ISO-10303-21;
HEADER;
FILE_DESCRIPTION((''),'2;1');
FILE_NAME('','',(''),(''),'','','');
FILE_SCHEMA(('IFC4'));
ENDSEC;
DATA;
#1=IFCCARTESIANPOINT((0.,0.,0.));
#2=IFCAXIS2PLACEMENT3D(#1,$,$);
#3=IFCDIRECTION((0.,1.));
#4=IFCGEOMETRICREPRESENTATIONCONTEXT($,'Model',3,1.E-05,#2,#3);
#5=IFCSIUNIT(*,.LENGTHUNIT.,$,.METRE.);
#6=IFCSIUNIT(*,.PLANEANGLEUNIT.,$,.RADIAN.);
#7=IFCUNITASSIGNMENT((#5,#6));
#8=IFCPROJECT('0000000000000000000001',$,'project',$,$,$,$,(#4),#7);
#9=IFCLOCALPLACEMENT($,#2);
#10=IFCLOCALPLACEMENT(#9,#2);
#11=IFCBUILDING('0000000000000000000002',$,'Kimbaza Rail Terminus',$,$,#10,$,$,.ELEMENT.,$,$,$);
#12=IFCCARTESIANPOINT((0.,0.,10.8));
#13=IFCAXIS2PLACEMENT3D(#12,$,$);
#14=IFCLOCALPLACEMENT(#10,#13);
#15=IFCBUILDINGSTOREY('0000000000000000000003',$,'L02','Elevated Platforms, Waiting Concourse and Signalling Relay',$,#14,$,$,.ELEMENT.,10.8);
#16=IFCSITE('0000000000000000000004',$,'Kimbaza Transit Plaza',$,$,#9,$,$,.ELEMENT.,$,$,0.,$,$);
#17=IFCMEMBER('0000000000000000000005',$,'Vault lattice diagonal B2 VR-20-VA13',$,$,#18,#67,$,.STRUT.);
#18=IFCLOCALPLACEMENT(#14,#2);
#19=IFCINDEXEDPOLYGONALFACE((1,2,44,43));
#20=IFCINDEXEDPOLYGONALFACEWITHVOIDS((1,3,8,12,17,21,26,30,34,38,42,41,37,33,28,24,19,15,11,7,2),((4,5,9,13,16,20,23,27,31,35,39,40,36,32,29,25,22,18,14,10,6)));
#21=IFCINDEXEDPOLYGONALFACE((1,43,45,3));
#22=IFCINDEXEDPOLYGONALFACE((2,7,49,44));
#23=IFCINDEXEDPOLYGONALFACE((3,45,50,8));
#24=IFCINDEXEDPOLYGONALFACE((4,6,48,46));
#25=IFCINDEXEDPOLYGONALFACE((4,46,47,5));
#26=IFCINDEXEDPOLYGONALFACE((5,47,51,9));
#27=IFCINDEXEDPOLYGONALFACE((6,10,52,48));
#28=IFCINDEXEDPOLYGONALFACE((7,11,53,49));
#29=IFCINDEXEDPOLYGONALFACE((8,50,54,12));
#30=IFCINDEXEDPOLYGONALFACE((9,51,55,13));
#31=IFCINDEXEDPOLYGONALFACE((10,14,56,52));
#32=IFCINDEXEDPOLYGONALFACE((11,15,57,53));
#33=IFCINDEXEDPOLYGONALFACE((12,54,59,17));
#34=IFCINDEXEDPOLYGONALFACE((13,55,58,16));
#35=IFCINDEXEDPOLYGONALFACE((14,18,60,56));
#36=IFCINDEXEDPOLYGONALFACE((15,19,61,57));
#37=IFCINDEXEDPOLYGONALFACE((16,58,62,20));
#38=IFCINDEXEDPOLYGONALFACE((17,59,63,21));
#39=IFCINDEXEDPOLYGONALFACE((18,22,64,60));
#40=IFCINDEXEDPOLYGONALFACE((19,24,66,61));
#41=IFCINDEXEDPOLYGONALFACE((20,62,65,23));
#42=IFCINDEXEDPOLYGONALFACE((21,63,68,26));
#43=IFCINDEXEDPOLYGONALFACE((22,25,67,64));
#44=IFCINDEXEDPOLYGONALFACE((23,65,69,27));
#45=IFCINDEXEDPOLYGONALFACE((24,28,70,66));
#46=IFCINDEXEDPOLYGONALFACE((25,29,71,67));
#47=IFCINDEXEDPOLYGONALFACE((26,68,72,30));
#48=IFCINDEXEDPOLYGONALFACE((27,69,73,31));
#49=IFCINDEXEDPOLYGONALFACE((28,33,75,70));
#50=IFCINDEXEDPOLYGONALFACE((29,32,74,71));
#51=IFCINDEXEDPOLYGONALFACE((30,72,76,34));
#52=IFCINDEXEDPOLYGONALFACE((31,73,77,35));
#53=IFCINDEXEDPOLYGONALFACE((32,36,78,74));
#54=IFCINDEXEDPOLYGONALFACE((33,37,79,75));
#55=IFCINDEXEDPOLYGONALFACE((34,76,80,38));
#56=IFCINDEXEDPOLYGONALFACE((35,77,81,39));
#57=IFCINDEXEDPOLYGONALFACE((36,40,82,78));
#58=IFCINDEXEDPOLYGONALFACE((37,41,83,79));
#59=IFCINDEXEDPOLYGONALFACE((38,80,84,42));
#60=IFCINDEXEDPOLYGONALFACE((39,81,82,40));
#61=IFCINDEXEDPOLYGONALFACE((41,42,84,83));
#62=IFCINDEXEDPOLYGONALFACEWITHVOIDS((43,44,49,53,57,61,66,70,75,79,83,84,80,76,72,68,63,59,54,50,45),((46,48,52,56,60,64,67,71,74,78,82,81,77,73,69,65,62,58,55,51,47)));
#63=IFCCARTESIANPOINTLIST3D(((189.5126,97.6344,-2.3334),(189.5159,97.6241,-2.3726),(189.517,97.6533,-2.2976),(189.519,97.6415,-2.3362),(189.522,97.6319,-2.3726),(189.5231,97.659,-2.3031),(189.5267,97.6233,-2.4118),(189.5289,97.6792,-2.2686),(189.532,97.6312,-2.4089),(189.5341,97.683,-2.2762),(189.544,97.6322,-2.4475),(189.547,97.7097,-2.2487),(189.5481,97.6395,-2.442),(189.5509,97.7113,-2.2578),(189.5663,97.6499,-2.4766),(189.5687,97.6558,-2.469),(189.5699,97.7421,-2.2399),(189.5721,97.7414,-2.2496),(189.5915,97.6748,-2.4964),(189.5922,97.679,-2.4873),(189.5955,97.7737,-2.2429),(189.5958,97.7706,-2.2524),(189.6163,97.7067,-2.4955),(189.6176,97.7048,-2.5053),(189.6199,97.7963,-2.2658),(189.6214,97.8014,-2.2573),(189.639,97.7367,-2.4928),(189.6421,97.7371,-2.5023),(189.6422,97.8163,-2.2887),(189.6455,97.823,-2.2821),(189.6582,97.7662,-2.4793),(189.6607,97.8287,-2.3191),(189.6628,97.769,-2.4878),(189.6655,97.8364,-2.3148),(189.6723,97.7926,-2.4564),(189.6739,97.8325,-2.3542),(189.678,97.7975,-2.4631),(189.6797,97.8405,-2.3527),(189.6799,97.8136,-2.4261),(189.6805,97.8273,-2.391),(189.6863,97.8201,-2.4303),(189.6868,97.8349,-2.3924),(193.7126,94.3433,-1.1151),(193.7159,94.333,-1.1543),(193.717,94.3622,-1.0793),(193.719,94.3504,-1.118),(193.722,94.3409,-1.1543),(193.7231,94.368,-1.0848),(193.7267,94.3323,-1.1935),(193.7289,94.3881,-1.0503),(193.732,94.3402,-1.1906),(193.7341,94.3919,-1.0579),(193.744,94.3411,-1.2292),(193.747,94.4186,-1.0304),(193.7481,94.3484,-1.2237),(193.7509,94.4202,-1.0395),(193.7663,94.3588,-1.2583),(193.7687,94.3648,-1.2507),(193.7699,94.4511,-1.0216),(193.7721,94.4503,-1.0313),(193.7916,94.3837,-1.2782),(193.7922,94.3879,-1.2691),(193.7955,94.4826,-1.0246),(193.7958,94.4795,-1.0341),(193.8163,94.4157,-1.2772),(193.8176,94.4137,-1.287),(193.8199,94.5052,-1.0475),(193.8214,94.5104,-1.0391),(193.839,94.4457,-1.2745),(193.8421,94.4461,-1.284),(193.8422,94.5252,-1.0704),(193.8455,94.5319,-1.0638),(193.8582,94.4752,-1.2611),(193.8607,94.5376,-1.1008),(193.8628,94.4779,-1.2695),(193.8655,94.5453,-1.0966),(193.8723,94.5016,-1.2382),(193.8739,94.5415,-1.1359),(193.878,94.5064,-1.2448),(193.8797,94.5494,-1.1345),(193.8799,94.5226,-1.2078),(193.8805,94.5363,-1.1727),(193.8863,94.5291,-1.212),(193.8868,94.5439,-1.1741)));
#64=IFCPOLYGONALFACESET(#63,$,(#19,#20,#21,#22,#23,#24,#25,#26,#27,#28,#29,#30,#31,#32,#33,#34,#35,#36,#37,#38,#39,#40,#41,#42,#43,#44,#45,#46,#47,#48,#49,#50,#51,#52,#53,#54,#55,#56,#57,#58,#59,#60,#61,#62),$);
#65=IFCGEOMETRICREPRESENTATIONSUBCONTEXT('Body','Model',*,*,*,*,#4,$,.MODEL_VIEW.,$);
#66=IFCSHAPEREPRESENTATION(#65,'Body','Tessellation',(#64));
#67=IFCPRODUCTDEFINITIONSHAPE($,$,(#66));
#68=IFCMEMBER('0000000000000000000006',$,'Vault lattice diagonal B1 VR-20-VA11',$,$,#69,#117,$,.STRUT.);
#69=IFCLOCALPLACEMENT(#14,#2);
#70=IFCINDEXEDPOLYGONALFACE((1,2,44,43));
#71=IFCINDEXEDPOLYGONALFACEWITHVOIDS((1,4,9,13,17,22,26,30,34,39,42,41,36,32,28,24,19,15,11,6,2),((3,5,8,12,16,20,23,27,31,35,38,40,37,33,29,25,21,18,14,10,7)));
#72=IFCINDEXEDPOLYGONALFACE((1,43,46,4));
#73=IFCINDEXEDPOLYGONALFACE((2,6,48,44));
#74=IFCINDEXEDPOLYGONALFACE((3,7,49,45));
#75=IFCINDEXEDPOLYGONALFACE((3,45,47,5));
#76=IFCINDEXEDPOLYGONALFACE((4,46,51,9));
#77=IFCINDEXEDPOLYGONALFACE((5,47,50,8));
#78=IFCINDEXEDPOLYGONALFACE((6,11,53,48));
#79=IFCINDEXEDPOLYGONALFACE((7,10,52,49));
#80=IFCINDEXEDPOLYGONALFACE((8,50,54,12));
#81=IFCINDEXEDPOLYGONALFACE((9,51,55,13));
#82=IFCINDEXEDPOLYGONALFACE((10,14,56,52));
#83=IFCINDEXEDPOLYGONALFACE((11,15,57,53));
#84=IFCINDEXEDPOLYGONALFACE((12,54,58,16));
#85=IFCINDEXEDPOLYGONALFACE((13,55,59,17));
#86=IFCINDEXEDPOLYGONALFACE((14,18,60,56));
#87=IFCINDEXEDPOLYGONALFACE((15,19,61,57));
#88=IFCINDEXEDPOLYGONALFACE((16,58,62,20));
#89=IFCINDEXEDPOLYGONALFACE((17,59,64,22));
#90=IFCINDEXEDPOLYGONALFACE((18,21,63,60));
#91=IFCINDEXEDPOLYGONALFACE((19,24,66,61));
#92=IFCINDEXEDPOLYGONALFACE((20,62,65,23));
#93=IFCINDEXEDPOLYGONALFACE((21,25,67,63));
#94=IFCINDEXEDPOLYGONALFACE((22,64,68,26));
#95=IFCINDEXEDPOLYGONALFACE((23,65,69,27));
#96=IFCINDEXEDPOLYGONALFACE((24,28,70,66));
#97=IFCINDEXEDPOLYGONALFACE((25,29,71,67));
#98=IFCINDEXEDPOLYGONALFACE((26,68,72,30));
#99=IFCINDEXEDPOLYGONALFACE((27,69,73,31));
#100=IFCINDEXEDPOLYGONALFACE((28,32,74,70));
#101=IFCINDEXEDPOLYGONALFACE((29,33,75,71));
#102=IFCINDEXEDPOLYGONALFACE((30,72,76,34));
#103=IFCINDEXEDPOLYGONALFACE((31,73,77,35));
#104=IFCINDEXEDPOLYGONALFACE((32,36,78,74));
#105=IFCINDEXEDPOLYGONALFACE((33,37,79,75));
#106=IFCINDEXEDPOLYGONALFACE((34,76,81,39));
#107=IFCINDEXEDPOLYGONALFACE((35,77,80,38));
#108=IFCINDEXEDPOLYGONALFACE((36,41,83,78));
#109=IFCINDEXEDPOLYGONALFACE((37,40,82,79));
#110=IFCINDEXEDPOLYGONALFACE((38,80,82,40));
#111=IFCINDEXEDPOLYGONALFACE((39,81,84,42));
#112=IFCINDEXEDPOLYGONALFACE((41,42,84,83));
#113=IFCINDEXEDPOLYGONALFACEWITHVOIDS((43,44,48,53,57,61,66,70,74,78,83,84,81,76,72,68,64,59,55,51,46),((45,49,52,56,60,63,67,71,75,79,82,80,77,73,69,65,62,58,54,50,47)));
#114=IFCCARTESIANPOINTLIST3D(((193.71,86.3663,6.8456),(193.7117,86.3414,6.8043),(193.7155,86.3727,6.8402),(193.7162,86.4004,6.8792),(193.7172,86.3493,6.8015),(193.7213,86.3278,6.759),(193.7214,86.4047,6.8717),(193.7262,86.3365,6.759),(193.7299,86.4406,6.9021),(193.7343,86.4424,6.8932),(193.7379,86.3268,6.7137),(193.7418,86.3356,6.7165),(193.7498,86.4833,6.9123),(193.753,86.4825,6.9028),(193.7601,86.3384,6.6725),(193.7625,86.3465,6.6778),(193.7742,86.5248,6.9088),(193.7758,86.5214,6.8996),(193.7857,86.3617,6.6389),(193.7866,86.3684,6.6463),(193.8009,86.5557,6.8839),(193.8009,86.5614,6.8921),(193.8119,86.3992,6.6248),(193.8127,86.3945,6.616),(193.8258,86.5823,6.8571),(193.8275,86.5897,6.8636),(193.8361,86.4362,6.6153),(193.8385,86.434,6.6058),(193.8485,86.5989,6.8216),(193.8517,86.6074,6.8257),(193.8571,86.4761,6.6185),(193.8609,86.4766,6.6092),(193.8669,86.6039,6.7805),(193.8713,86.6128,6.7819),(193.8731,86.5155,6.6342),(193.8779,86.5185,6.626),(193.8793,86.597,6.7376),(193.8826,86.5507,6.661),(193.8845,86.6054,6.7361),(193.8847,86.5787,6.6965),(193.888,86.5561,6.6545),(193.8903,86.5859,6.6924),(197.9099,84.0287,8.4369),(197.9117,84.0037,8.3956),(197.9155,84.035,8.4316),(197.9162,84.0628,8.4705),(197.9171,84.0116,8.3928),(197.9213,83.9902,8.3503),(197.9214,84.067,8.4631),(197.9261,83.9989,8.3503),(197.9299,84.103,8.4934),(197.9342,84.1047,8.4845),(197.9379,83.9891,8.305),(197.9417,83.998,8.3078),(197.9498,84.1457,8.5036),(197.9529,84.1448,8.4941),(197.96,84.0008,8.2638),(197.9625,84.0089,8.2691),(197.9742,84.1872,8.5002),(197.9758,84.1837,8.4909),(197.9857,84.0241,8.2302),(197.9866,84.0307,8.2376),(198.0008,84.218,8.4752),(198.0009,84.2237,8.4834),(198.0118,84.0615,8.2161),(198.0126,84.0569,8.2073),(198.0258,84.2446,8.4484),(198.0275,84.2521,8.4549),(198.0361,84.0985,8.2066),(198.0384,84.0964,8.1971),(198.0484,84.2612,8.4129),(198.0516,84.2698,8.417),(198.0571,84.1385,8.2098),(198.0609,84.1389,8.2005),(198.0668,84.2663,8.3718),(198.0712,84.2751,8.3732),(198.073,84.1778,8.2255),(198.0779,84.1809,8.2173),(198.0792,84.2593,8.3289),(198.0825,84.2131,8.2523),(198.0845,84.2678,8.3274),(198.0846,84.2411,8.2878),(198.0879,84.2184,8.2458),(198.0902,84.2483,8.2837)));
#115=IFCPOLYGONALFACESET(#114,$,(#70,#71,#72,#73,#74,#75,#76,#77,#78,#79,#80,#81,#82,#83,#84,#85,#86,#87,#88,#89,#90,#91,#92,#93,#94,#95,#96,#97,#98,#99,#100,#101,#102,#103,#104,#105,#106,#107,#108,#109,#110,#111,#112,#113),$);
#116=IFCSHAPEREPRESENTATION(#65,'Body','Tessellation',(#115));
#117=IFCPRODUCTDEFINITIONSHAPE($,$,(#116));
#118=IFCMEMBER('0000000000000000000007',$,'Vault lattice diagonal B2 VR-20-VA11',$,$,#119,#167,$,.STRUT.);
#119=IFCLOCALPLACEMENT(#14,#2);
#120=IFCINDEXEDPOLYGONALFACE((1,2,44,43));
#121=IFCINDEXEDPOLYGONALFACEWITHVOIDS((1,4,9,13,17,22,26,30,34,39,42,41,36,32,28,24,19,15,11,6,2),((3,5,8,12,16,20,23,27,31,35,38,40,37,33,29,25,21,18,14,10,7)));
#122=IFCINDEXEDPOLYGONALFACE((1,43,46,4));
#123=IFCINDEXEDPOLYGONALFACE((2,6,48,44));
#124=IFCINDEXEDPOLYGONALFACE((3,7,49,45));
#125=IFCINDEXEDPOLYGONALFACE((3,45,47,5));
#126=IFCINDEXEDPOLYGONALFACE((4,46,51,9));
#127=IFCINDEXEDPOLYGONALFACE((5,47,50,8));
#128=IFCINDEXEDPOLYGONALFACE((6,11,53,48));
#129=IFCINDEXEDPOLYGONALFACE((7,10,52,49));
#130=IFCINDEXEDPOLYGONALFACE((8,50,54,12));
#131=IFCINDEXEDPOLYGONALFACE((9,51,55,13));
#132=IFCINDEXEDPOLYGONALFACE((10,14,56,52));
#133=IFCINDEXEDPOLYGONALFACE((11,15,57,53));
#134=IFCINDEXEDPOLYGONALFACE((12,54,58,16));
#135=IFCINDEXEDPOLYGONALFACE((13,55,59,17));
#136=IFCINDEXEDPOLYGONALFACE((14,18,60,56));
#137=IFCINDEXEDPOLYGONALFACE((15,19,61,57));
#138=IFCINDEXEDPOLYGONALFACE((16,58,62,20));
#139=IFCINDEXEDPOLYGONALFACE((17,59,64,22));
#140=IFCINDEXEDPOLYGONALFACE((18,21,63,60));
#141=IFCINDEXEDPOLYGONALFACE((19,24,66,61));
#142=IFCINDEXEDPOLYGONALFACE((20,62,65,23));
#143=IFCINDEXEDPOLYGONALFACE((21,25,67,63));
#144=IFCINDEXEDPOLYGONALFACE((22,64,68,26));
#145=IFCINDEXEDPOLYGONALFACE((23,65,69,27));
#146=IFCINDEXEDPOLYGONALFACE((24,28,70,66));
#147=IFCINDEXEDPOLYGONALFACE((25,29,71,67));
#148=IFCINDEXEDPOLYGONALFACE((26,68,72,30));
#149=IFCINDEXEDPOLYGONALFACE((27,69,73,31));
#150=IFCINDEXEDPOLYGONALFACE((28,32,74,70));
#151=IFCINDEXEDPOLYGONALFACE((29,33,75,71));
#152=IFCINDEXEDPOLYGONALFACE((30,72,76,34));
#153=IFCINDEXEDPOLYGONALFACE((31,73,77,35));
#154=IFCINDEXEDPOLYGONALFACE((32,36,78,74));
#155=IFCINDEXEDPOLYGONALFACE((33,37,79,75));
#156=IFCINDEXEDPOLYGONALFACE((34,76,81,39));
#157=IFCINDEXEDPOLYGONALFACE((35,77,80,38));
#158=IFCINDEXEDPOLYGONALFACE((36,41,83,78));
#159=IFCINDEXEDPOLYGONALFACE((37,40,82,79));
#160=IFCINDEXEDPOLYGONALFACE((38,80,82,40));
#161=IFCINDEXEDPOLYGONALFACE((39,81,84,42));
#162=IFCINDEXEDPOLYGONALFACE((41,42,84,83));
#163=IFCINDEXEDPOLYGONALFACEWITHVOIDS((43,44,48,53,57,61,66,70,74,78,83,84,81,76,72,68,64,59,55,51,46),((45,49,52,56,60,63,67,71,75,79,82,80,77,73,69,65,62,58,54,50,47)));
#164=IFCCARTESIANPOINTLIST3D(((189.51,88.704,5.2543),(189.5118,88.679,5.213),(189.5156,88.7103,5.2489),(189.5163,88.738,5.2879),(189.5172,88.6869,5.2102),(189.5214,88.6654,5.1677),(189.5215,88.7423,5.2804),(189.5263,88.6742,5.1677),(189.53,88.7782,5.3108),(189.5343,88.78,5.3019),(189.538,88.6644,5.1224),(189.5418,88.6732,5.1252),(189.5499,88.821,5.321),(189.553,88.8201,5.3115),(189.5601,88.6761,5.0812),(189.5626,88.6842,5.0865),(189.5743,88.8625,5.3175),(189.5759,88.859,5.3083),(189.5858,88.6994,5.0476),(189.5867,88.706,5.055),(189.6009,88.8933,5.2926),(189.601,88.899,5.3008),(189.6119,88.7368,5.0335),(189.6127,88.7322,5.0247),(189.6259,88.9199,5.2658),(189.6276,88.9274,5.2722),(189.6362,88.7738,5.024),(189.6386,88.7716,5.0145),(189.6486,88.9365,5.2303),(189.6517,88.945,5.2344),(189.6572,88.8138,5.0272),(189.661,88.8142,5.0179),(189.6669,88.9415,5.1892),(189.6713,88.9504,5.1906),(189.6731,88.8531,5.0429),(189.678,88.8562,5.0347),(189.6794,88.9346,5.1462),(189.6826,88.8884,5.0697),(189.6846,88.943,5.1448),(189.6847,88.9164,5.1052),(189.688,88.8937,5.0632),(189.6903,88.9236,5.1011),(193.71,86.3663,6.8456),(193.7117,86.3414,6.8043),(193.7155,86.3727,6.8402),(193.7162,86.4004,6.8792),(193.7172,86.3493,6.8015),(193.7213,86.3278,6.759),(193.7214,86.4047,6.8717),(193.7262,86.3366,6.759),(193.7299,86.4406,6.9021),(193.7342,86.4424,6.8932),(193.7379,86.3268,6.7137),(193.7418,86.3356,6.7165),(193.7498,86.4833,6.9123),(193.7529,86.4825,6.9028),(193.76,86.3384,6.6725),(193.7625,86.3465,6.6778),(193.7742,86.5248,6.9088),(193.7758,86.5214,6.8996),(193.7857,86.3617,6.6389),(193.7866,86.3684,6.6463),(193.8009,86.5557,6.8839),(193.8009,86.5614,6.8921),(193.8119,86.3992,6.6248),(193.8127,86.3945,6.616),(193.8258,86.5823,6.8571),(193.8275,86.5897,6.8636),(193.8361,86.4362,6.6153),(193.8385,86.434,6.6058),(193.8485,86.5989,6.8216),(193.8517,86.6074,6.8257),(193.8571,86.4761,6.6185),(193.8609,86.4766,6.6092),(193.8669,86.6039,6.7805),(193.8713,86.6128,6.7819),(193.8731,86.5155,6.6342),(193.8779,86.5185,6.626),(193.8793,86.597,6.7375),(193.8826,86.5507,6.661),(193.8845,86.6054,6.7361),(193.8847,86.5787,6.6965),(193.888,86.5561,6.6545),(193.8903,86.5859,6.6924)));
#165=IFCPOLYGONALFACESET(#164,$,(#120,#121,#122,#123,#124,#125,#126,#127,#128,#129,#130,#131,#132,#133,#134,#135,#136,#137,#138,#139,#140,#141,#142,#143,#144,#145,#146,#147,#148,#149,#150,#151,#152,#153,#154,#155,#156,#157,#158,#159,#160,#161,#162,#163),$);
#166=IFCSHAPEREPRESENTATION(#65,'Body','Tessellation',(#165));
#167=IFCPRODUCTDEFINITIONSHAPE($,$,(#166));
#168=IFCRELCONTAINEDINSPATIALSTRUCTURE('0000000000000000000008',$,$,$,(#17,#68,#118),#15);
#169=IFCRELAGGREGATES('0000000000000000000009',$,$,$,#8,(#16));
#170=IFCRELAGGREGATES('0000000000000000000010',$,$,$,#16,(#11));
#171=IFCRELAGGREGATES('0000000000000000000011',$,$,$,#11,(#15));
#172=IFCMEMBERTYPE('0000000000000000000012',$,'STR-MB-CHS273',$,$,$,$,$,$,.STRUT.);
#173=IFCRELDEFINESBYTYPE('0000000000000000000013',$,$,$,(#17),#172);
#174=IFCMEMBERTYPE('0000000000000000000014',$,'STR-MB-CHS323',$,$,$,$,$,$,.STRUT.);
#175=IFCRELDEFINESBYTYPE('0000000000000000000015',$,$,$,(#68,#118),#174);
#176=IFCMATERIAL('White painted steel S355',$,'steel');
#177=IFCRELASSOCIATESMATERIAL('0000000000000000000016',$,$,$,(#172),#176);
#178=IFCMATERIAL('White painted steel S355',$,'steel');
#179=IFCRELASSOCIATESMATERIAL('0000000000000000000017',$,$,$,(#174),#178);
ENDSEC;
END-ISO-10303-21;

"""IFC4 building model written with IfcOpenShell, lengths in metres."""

from ifc_helpers import new_model, si_unit, direction, frame, origin, origin_2d, place, context, subcontext, project, spatial, hollow_circle, extrude, material, material_profile, profile_set, type_object, element, save


model = new_model("IFC4")

# Units and contexts
model_context = context("Model", 3, precision=1e-05, world=origin(), true_north=direction((0.0, 1.0)))
body_context = subcontext(model_context, "Body", "Model", "MODEL_VIEW")
ifc_project = project(units=[si_unit("LENGTHUNIT", "METRE"), si_unit("PLANEANGLEUNIT", "RADIAN")], contexts=[model_context])

# Site, building, storey
site_placement = place(None, origin())
site = spatial("IfcSite", under=ifc_project, at=site_placement, Name="Kimbaza Transit Plaza", CompositionType="ELEMENT", RefElevation=0.0)
building_placement = place(site_placement, origin())
building = spatial("IfcBuilding", under=site, at=building_placement, Name="Kimbaza Rail Terminus", CompositionType="ELEMENT")
storey_placement = place(building_placement, frame((0.0, 0.0, 10.8)))
storey = spatial("IfcBuildingStorey", under=building, at=storey_placement, Name="L02", Description="Elevated Platforms, Waiting Concourse and Signalling Relay", CompositionType="ELEMENT", Elevation=10.8)

# Members
ifc_material_1 = material(Name="White painted steel S355", Category="steel")
ifc_material_profile_1 = material_profile(ifc_material_1, hollow_circle(Radius=0.1365, WallThickness=0.01, at=origin_2d()), Name="CHS 273x10")
ifc_profile_set_1 = profile_set([ifc_material_profile_1], Name="White painted steel S355")
member_type_1 = type_object("IfcMemberType", Name="STR-MB-CHS273", PredefinedType="STRUT", material=ifc_profile_set_1)
member_1_placement = place(storey_placement, frame((193.8, 94.4404, -1.1543), z_axis=(-0.767384, 0.60131, -0.222592), x_axis=(-0.616784, -0.787132, 0.0)))
element("IfcMember", 1, at=member_1_placement, inside=storey, type_object=member_type_1, Name="Vault lattice diagonal B2 VR-20-VA13", PredefinedType="STRUT", context=body_context, shape_type="SweptSolid", body=[
    extrude(hollow_circle(Radius=0.1365, WallThickness=0.01, at=origin_2d()), origin(), (0.0, 0.0, 1.0), 5.4731),
])
ifc_material_2 = material(Name="White painted steel S355", Category="steel")
ifc_material_profile_2 = material_profile(ifc_material_2, hollow_circle(Radius=0.1619, WallThickness=0.01, at=origin_2d()), Name="CHS 323.9x10")
ifc_profile_set_2 = profile_set([ifc_material_profile_2], Name="White painted steel S355")
member_type_2 = type_object("IfcMemberType", Name="STR-MB-CHS323", PredefinedType="STRUT", material=ifc_profile_set_2)
for number, where, z_axis, x_axis, name in (
    (2, (198.0, 84.1316, 8.3503), (-0.829498, 0.461689, -0.314286), (-0.486333, -0.873774, 0.0), "Vault lattice diagonal B1 VR-20-VA11"),
    (3, (193.8, 86.4692, 6.759), (-0.829498, 0.461689, -0.314286), (-0.486333, -0.873774, 0.0), "Vault lattice diagonal B2 VR-20-VA11"),
):
    element("IfcMember", number, at=place(storey_placement, frame(where, z_axis=z_axis, x_axis=x_axis)), inside=storey, type_object=member_type_2, Name=name, PredefinedType="STRUT", context=body_context, shape_type="SweptSolid", body=[
        extrude(hollow_circle(Radius=0.1619, WallThickness=0.01, at=origin_2d()), origin(), (0.0, 0.0, 1.0), 5.0632),
    ])

save(model, "model.ifc")
